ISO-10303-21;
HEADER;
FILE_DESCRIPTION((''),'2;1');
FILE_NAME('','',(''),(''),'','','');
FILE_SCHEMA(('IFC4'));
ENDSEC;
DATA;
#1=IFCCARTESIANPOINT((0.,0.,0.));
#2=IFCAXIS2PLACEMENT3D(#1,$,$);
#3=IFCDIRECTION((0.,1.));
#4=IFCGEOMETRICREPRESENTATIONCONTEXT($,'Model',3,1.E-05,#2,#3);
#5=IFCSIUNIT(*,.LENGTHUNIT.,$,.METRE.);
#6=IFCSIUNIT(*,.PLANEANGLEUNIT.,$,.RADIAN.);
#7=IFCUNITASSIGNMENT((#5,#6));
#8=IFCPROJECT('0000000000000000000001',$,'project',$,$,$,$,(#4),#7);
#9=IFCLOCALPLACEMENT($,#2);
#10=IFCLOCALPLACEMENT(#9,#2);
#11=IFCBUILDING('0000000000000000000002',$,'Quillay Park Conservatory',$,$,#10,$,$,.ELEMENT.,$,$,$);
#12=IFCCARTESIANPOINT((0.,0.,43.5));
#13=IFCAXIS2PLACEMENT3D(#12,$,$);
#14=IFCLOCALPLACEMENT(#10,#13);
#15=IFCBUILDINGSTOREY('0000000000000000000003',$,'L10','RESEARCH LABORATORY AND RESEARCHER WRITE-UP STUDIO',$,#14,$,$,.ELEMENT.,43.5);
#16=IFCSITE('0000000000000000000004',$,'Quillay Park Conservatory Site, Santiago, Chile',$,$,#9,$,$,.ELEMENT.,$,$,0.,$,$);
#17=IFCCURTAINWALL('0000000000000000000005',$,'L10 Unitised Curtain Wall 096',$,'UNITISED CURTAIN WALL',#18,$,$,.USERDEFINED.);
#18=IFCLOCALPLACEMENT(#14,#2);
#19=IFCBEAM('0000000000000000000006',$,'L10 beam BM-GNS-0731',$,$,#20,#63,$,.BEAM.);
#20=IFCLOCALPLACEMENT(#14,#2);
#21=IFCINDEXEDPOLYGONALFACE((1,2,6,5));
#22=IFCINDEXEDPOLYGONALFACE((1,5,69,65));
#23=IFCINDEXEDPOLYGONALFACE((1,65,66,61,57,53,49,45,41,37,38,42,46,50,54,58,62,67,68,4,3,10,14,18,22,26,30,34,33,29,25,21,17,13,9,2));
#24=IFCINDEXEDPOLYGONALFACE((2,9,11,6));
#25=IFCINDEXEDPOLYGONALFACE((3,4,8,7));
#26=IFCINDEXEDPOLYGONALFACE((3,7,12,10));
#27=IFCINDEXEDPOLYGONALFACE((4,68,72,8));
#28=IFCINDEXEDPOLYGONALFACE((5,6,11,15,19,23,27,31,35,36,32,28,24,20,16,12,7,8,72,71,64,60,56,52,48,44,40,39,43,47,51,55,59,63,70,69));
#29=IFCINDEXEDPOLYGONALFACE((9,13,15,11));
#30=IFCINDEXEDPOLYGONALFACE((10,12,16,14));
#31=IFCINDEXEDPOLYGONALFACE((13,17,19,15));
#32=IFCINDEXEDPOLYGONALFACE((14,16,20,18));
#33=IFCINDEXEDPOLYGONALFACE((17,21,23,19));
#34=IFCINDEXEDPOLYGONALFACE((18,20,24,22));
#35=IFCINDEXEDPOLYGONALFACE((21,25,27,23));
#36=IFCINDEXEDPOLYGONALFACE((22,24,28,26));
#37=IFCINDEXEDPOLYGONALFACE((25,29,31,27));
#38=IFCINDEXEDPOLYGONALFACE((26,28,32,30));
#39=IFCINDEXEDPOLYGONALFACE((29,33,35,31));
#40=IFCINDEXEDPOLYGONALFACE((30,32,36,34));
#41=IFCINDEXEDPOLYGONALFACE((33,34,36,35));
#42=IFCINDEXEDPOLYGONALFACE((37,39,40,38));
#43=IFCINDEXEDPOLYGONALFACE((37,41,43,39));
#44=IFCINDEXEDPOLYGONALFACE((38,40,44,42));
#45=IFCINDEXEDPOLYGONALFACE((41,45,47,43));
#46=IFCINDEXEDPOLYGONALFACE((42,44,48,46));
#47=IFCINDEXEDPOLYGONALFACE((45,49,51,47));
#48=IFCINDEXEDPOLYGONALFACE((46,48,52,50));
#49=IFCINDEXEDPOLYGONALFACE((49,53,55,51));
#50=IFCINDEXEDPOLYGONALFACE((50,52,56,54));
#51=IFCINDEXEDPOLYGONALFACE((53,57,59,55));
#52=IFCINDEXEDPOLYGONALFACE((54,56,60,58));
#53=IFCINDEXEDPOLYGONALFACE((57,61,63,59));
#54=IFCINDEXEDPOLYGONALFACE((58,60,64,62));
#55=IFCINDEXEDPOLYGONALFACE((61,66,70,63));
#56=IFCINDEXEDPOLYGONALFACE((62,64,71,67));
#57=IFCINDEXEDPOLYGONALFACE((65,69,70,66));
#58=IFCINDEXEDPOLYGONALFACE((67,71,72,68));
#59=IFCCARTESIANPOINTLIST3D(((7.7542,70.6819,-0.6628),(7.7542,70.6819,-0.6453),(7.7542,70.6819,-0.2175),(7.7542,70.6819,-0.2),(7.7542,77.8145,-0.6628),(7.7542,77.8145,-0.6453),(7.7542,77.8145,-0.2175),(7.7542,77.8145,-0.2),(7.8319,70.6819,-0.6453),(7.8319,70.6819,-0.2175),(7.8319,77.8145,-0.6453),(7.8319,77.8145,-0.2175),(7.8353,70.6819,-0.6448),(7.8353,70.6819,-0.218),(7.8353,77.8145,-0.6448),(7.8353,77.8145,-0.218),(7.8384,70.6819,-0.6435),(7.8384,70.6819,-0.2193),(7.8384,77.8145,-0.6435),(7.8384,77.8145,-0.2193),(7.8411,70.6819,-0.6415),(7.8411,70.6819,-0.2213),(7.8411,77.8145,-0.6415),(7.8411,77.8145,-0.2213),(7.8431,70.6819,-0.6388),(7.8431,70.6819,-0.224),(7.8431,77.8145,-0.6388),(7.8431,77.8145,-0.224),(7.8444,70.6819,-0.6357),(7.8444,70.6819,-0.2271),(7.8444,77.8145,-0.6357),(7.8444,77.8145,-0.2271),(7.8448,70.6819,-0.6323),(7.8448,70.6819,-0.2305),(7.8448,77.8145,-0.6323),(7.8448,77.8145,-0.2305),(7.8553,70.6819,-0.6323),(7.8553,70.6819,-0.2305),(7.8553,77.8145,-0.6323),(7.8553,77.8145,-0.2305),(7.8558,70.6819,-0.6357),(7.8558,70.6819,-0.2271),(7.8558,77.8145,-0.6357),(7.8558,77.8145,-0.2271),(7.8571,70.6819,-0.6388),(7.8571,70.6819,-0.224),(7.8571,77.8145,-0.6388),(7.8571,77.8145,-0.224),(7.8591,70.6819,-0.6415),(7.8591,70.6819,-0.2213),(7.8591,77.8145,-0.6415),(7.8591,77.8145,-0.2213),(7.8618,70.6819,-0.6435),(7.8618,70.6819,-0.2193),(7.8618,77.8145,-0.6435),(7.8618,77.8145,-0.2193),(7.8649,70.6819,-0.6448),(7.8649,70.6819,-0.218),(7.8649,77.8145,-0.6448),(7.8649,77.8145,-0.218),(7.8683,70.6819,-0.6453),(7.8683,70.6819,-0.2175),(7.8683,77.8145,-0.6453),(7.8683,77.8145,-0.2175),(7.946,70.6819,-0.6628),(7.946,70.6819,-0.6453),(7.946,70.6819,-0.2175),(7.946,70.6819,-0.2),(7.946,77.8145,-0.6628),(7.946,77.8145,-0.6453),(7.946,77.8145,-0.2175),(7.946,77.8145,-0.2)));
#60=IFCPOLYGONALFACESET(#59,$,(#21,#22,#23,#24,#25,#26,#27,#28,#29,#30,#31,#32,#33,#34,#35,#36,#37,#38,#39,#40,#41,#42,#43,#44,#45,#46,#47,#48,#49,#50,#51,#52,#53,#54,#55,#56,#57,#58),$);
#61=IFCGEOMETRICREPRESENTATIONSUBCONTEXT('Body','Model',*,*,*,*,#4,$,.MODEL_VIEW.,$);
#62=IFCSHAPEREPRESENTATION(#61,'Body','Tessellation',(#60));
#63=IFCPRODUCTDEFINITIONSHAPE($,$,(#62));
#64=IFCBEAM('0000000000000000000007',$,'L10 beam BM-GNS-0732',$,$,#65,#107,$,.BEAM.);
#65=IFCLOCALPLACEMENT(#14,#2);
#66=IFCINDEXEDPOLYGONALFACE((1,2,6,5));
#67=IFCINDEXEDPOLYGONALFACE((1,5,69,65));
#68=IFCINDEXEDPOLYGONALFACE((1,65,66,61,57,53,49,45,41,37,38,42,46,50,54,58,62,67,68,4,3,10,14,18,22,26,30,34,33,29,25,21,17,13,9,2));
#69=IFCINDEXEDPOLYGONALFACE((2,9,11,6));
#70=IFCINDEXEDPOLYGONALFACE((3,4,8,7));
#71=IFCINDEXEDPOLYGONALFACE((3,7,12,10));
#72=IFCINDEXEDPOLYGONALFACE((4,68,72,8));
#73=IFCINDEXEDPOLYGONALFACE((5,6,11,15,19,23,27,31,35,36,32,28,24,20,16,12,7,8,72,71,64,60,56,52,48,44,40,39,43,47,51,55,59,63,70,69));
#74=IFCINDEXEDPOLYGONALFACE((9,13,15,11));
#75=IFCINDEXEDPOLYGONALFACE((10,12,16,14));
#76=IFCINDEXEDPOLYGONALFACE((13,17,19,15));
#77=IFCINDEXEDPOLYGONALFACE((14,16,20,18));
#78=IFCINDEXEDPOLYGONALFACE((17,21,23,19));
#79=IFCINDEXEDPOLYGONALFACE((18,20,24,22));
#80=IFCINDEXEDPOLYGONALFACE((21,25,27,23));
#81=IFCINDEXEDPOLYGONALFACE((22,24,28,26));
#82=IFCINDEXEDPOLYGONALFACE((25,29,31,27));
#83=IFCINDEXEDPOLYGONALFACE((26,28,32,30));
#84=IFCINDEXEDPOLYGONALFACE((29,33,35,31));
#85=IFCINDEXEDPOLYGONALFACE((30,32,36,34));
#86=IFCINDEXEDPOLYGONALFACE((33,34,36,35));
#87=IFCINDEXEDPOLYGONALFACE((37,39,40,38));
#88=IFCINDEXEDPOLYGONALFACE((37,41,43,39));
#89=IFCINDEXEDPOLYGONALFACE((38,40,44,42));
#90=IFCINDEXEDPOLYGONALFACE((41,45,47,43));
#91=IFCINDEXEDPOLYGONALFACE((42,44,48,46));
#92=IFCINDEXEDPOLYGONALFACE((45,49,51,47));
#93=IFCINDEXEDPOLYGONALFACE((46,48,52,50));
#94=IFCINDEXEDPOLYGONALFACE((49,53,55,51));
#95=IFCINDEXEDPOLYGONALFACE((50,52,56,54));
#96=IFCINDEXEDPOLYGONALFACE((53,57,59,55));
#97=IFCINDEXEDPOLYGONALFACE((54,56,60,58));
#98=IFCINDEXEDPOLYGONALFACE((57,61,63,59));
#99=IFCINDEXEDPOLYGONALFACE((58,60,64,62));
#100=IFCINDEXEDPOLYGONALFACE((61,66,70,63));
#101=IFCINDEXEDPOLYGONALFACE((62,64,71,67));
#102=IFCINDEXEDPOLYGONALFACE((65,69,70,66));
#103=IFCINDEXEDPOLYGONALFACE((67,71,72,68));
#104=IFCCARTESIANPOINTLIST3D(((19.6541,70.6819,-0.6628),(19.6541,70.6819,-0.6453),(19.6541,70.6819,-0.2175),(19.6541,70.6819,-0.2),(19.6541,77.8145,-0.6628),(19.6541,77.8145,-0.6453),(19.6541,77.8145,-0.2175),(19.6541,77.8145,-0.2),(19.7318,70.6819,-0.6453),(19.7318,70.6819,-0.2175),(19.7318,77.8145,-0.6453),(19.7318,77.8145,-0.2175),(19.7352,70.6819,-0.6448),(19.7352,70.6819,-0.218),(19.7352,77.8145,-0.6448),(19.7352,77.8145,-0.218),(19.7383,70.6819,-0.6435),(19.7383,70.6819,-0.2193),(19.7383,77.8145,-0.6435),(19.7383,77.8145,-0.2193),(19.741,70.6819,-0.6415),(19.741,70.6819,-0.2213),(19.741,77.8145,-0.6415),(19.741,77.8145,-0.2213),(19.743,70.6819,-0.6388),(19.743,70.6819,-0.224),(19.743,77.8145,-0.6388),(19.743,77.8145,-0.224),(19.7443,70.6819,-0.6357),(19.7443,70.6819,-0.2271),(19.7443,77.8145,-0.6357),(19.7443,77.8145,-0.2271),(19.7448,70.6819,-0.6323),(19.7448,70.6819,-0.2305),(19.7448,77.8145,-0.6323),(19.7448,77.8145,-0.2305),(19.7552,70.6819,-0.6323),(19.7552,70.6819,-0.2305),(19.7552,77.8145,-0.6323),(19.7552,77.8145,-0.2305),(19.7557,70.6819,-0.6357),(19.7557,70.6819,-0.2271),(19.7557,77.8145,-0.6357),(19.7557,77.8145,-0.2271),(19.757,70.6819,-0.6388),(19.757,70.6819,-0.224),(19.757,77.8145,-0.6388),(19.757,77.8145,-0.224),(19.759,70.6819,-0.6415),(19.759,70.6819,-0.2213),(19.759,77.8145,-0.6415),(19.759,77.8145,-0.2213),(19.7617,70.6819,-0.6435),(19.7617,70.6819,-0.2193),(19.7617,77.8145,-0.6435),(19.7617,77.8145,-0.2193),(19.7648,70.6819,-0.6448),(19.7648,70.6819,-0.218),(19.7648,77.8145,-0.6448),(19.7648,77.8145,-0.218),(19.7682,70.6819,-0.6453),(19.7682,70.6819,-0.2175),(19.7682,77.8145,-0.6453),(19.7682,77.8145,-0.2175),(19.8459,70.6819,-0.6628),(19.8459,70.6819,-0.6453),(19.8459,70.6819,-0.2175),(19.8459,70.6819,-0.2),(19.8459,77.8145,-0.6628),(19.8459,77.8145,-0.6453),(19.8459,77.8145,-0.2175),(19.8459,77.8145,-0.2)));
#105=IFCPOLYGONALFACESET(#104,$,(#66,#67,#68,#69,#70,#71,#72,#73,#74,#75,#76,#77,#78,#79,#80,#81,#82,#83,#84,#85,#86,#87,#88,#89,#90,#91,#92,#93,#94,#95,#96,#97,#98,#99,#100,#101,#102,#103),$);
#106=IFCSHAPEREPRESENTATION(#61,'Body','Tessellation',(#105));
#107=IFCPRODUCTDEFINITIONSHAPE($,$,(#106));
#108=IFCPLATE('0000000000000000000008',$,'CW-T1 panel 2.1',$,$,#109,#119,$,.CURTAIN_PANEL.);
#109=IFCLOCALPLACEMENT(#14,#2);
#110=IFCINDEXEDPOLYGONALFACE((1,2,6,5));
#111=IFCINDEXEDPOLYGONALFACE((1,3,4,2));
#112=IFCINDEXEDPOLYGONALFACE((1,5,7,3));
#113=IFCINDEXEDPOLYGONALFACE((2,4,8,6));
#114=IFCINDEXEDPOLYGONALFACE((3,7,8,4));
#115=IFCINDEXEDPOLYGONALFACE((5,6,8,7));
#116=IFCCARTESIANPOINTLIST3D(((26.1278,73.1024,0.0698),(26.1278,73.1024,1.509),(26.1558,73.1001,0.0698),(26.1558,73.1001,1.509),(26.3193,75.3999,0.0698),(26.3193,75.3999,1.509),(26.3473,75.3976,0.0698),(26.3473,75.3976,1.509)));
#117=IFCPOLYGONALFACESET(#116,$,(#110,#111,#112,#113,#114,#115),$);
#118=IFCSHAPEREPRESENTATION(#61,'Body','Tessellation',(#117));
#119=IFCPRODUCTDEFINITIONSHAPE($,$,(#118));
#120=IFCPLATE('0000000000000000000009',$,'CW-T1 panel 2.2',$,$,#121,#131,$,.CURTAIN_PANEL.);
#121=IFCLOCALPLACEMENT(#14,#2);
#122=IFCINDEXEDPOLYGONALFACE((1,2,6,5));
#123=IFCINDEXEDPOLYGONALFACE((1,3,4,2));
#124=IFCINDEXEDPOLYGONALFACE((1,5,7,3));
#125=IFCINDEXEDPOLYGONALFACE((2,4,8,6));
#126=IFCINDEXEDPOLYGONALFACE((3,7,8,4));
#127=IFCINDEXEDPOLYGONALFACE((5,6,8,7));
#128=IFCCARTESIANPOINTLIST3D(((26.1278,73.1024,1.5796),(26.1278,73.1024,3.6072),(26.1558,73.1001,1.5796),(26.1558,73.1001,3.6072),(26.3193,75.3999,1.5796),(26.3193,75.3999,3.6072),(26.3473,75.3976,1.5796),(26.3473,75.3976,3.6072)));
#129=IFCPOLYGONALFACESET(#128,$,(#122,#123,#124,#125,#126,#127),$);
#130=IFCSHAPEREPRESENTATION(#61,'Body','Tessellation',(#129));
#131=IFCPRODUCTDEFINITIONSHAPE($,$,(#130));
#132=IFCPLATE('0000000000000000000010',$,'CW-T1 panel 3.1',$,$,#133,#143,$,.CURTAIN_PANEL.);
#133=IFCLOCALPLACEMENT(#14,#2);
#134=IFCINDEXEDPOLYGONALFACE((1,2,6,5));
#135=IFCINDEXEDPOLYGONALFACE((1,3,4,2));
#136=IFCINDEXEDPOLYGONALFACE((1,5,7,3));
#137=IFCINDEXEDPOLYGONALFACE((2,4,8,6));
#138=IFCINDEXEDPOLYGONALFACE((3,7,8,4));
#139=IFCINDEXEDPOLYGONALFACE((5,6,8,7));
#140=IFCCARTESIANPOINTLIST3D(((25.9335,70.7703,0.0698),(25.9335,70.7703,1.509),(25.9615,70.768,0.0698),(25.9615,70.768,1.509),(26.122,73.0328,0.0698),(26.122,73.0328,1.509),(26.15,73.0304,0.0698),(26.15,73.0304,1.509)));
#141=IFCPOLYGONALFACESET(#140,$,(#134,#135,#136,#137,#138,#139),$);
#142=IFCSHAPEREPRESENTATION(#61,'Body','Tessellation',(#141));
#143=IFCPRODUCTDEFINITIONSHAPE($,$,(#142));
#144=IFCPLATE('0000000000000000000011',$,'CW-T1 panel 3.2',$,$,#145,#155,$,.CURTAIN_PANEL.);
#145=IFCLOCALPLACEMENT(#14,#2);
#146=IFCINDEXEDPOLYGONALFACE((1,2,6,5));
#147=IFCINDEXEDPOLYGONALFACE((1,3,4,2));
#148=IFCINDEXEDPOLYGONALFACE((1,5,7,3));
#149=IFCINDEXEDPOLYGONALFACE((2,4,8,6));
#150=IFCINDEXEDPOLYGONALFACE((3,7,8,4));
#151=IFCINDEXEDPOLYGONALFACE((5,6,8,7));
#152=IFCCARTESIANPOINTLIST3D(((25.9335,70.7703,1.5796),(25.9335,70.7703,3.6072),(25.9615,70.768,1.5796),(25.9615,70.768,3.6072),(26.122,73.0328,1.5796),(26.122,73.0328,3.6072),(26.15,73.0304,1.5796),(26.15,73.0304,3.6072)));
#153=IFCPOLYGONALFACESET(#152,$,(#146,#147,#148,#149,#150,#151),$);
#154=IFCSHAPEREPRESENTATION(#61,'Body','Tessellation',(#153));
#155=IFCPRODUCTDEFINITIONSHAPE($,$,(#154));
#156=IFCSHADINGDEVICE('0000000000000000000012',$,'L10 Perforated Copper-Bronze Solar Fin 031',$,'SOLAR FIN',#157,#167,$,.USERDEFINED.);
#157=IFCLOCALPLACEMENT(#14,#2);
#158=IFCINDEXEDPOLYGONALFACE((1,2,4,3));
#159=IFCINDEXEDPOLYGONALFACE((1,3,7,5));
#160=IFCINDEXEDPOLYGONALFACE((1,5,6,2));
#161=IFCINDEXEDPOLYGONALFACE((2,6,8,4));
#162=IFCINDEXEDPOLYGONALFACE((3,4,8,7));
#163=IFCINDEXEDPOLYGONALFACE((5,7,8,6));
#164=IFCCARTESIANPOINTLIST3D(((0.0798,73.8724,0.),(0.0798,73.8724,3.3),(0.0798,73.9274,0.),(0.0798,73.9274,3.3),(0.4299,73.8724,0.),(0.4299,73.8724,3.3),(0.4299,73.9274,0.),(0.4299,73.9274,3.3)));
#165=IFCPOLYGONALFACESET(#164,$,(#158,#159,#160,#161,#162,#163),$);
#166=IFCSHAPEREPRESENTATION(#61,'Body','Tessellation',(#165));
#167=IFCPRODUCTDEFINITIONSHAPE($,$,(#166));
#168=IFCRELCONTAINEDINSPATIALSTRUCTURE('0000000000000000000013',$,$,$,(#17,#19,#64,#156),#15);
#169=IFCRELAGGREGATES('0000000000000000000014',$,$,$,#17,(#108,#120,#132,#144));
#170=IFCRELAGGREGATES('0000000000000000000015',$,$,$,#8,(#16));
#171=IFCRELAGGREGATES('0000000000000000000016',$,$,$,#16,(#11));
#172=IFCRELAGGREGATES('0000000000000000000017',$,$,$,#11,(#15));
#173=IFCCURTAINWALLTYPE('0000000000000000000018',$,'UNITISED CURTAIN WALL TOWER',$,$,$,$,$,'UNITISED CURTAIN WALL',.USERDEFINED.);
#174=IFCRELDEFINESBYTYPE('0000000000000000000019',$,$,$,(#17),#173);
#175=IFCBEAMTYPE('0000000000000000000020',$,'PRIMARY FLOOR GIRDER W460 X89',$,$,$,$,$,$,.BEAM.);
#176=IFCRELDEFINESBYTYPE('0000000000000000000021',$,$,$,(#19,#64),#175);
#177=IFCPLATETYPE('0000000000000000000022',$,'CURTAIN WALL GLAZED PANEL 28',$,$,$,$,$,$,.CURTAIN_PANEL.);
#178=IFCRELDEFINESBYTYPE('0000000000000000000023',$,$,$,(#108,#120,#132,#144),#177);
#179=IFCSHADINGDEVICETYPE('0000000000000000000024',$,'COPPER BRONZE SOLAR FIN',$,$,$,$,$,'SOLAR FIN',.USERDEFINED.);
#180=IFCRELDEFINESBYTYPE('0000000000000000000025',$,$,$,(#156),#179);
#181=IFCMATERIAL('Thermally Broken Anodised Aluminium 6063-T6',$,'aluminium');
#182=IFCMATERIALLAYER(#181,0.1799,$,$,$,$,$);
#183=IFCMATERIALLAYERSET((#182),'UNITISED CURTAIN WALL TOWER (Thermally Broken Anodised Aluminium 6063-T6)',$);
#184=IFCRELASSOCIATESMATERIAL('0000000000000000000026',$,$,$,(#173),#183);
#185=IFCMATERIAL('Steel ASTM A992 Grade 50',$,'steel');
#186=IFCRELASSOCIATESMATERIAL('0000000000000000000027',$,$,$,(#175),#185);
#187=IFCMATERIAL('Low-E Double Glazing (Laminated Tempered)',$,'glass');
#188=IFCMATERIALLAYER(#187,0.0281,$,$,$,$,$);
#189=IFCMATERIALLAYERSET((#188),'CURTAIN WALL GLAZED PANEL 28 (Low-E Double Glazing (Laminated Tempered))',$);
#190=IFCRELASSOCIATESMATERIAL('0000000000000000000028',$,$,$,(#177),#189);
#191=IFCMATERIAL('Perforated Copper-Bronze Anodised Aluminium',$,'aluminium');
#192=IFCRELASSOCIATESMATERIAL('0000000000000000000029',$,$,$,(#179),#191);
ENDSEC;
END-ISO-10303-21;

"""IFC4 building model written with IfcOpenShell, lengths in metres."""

from ifc_helpers import new_model, si_unit, direction, frame, origin, origin_2d, place, context, subcontext, project, spatial, rectangle, i_section, extrude, material, layer, layer_set, material_profile, profile_set, type_object, element, aggregate, save


model = new_model("IFC4")

# Units and contexts
model_context = context("Model", 3, precision=1e-05, world=origin(), true_north=direction((0.0, 1.0)))
body_context = subcontext(model_context, "Body", "Model", "MODEL_VIEW")
ifc_project = project(units=[si_unit("LENGTHUNIT", "METRE"), si_unit("PLANEANGLEUNIT", "RADIAN")], contexts=[model_context])

# Site, building, storey
site_placement = place(None, origin())
site = spatial("IfcSite", under=ifc_project, at=site_placement, Name="Quillay Park Conservatory Site, Santiago, Chile", CompositionType="ELEMENT", RefElevation=0.0)
building_placement = place(site_placement, origin())
building = spatial("IfcBuilding", under=site, at=building_placement, Name="Quillay Park Conservatory", CompositionType="ELEMENT")
storey_placement = place(building_placement, frame((0.0, 0.0, 43.5)))
storey = spatial("IfcBuildingStorey", under=building, at=storey_placement, Name="L10", Description="RESEARCH LABORATORY AND RESEARCHER WRITE-UP STUDIO", CompositionType="ELEMENT", Elevation=43.5)

# Curtain wall
ifc_material_1 = material(Name="Thermally Broken Anodised Aluminium 6063-T6", Category="aluminium")
ifc_layer_1 = layer(ifc_material_1, 0.1799)
ifc_layer_set_1 = layer_set([ifc_layer_1], Name="UNITISED CURTAIN WALL TOWER (Thermally Broken Anodised Aluminium 6063-T6)")
curtain_wall_type = type_object("IfcCurtainWallType", Name="UNITISED CURTAIN WALL TOWER", ElementType="UNITISED CURTAIN WALL", PredefinedType="USERDEFINED", material=ifc_layer_set_1)
curtain_wall_placement = place(storey_placement, origin())
curtain_wall = element("IfcCurtainWall", 1, at=curtain_wall_placement, inside=storey, type_object=curtain_wall_type, Name="L10 Unitised Curtain Wall 096", ObjectType="UNITISED CURTAIN WALL", PredefinedType="USERDEFINED")

# Beams
ifc_material_2 = material(Name="Steel ASTM A992 Grade 50", Category="steel")
ifc_material_profile_1 = material_profile(ifc_material_2, i_section(OverallWidth=0.1919, OverallDepth=0.4629, WebThickness=0.0105, FlangeThickness=0.0176, FilletRadius=0.0129, at=origin_2d()), Name="W460x89")
ifc_profile_set_1 = profile_set([ifc_material_profile_1], Name="Steel ASTM A992 Grade 50")
beam_type_1 = type_object("IfcBeamType", Name="PRIMARY FLOOR GIRDER W460 X89", PredefinedType="BEAM", material=ifc_profile_set_1)
for number, where, z_axis, x_axis, name in (
    (2, (7.8501, 70.6819, -0.4314), (0.0, 1.0, 0.0), (-1.0, 0.0, 0.0), "L10 beam BM-GNS-0731"),
    (3, (19.75, 70.6819, -0.4314), (0.0, 1.0, 0.0), (-1.0, 0.0, 0.0), "L10 beam BM-GNS-0732"),
):
    element("IfcBeam", number, at=place(storey_placement, frame(where, z_axis=z_axis, x_axis=x_axis)), inside=storey, type_object=beam_type_1, Name=name, PredefinedType="BEAM", context=body_context, shape_type="SweptSolid", body=[
        extrude(i_section(OverallWidth=0.1919, OverallDepth=0.4629, WebThickness=0.0105, FlangeThickness=0.0176, FilletRadius=0.0129, at=origin_2d()), origin(), (0.0, 0.0, 1.0), 7.1326),
    ])

# Plates
ifc_material_3 = material(Name="Low-E Double Glazing (Laminated Tempered)", Category="glass")
ifc_layer_2 = layer(ifc_material_3, 0.0281)
ifc_layer_set_2 = layer_set([ifc_layer_2], Name="CURTAIN WALL GLAZED PANEL 28 (Low-E Double Glazing (Laminated Tempered))")
plate_type = type_object("IfcPlateType", Name="CURTAIN WALL GLAZED PANEL 28", PredefinedType="CURTAIN_PANEL", material=ifc_layer_set_2)
plate_1_placement = place(storey_placement, frame((26.2375, 74.25, 0.0698), z_axis=(0.0, 0.0, 1.0), x_axis=(-0.083048, -0.996546, 0.0)))
plate_1 = element("IfcPlate", 4, at=plate_1_placement, type_object=plate_type, Name="CW-T1 panel 2.1", PredefinedType="CURTAIN_PANEL", context=body_context, shape_type="SweptSolid", body=[
    extrude(rectangle(XDim=2.3054, YDim=0.0281, at=origin_2d()), origin(), (0.0, 0.0, 1.0), 1.4392),
])
plate_2_placement = place(storey_placement, frame((26.2375, 74.25, 1.5796), z_axis=(0.0, 0.0, 1.0), x_axis=(-0.083048, -0.996546, 0.0)))
plate_2 = element("IfcPlate", 5, at=plate_2_placement, type_object=plate_type, Name="CW-T1 panel 2.2", PredefinedType="CURTAIN_PANEL", context=body_context, shape_type="SweptSolid", body=[
    extrude(rectangle(XDim=2.3054, YDim=0.0281, at=origin_2d()), origin(), (0.0, 0.0, 1.0), 2.0276),
])
plate_3_placement = place(storey_placement, frame((26.0417, 71.9004, 0.0698), z_axis=(0.0, 0.0, 1.0), x_axis=(-0.083048, -0.996546, 0.0)))
plate_3 = element("IfcPlate", 6, at=plate_3_placement, type_object=plate_type, Name="CW-T1 panel 3.1", PredefinedType="CURTAIN_PANEL", context=body_context, shape_type="SweptSolid", body=[
    extrude(rectangle(XDim=2.2703, YDim=0.0281, at=origin_2d()), origin(), (0.0, 0.0, 1.0), 1.4392),
])
plate_4_placement = place(storey_placement, frame((26.0417, 71.9004, 1.5796), z_axis=(0.0, 0.0, 1.0), x_axis=(-0.083048, -0.996546, 0.0)))
plate_4 = element("IfcPlate", 7, at=plate_4_placement, type_object=plate_type, Name="CW-T1 panel 3.2", PredefinedType="CURTAIN_PANEL", context=body_context, shape_type="SweptSolid", body=[
    extrude(rectangle(XDim=2.2703, YDim=0.0281, at=origin_2d()), origin(), (0.0, 0.0, 1.0), 2.0276),
])
aggregate(curtain_wall, [plate_1, plate_2, plate_3, plate_4])

# Shading device
ifc_material_4 = material(Name="Perforated Copper-Bronze Anodised Aluminium", Category="aluminium")
shading_device_type = type_object("IfcShadingDeviceType", Name="COPPER BRONZE SOLAR FIN", ElementType="SOLAR FIN", PredefinedType="USERDEFINED", material=ifc_material_4)
shading_device_placement = place(storey_placement, frame((0.2549, 73.8999, 0.0), z_axis=(0.0, 0.0, 1.0), x_axis=(1.0, 0.0, 0.0)))
element("IfcShadingDevice", 8, at=shading_device_placement, inside=storey, type_object=shading_device_type, Name="L10 Perforated Copper-Bronze Solar Fin 031", ObjectType="SOLAR FIN", PredefinedType="USERDEFINED", context=body_context, shape_type="SweptSolid", body=[
    extrude(rectangle(XDim=0.3501, YDim=0.0549, at=origin_2d()), origin(), (0.0, 0.0, 1.0), 3.3),
])

save(model, "model.ifc")
